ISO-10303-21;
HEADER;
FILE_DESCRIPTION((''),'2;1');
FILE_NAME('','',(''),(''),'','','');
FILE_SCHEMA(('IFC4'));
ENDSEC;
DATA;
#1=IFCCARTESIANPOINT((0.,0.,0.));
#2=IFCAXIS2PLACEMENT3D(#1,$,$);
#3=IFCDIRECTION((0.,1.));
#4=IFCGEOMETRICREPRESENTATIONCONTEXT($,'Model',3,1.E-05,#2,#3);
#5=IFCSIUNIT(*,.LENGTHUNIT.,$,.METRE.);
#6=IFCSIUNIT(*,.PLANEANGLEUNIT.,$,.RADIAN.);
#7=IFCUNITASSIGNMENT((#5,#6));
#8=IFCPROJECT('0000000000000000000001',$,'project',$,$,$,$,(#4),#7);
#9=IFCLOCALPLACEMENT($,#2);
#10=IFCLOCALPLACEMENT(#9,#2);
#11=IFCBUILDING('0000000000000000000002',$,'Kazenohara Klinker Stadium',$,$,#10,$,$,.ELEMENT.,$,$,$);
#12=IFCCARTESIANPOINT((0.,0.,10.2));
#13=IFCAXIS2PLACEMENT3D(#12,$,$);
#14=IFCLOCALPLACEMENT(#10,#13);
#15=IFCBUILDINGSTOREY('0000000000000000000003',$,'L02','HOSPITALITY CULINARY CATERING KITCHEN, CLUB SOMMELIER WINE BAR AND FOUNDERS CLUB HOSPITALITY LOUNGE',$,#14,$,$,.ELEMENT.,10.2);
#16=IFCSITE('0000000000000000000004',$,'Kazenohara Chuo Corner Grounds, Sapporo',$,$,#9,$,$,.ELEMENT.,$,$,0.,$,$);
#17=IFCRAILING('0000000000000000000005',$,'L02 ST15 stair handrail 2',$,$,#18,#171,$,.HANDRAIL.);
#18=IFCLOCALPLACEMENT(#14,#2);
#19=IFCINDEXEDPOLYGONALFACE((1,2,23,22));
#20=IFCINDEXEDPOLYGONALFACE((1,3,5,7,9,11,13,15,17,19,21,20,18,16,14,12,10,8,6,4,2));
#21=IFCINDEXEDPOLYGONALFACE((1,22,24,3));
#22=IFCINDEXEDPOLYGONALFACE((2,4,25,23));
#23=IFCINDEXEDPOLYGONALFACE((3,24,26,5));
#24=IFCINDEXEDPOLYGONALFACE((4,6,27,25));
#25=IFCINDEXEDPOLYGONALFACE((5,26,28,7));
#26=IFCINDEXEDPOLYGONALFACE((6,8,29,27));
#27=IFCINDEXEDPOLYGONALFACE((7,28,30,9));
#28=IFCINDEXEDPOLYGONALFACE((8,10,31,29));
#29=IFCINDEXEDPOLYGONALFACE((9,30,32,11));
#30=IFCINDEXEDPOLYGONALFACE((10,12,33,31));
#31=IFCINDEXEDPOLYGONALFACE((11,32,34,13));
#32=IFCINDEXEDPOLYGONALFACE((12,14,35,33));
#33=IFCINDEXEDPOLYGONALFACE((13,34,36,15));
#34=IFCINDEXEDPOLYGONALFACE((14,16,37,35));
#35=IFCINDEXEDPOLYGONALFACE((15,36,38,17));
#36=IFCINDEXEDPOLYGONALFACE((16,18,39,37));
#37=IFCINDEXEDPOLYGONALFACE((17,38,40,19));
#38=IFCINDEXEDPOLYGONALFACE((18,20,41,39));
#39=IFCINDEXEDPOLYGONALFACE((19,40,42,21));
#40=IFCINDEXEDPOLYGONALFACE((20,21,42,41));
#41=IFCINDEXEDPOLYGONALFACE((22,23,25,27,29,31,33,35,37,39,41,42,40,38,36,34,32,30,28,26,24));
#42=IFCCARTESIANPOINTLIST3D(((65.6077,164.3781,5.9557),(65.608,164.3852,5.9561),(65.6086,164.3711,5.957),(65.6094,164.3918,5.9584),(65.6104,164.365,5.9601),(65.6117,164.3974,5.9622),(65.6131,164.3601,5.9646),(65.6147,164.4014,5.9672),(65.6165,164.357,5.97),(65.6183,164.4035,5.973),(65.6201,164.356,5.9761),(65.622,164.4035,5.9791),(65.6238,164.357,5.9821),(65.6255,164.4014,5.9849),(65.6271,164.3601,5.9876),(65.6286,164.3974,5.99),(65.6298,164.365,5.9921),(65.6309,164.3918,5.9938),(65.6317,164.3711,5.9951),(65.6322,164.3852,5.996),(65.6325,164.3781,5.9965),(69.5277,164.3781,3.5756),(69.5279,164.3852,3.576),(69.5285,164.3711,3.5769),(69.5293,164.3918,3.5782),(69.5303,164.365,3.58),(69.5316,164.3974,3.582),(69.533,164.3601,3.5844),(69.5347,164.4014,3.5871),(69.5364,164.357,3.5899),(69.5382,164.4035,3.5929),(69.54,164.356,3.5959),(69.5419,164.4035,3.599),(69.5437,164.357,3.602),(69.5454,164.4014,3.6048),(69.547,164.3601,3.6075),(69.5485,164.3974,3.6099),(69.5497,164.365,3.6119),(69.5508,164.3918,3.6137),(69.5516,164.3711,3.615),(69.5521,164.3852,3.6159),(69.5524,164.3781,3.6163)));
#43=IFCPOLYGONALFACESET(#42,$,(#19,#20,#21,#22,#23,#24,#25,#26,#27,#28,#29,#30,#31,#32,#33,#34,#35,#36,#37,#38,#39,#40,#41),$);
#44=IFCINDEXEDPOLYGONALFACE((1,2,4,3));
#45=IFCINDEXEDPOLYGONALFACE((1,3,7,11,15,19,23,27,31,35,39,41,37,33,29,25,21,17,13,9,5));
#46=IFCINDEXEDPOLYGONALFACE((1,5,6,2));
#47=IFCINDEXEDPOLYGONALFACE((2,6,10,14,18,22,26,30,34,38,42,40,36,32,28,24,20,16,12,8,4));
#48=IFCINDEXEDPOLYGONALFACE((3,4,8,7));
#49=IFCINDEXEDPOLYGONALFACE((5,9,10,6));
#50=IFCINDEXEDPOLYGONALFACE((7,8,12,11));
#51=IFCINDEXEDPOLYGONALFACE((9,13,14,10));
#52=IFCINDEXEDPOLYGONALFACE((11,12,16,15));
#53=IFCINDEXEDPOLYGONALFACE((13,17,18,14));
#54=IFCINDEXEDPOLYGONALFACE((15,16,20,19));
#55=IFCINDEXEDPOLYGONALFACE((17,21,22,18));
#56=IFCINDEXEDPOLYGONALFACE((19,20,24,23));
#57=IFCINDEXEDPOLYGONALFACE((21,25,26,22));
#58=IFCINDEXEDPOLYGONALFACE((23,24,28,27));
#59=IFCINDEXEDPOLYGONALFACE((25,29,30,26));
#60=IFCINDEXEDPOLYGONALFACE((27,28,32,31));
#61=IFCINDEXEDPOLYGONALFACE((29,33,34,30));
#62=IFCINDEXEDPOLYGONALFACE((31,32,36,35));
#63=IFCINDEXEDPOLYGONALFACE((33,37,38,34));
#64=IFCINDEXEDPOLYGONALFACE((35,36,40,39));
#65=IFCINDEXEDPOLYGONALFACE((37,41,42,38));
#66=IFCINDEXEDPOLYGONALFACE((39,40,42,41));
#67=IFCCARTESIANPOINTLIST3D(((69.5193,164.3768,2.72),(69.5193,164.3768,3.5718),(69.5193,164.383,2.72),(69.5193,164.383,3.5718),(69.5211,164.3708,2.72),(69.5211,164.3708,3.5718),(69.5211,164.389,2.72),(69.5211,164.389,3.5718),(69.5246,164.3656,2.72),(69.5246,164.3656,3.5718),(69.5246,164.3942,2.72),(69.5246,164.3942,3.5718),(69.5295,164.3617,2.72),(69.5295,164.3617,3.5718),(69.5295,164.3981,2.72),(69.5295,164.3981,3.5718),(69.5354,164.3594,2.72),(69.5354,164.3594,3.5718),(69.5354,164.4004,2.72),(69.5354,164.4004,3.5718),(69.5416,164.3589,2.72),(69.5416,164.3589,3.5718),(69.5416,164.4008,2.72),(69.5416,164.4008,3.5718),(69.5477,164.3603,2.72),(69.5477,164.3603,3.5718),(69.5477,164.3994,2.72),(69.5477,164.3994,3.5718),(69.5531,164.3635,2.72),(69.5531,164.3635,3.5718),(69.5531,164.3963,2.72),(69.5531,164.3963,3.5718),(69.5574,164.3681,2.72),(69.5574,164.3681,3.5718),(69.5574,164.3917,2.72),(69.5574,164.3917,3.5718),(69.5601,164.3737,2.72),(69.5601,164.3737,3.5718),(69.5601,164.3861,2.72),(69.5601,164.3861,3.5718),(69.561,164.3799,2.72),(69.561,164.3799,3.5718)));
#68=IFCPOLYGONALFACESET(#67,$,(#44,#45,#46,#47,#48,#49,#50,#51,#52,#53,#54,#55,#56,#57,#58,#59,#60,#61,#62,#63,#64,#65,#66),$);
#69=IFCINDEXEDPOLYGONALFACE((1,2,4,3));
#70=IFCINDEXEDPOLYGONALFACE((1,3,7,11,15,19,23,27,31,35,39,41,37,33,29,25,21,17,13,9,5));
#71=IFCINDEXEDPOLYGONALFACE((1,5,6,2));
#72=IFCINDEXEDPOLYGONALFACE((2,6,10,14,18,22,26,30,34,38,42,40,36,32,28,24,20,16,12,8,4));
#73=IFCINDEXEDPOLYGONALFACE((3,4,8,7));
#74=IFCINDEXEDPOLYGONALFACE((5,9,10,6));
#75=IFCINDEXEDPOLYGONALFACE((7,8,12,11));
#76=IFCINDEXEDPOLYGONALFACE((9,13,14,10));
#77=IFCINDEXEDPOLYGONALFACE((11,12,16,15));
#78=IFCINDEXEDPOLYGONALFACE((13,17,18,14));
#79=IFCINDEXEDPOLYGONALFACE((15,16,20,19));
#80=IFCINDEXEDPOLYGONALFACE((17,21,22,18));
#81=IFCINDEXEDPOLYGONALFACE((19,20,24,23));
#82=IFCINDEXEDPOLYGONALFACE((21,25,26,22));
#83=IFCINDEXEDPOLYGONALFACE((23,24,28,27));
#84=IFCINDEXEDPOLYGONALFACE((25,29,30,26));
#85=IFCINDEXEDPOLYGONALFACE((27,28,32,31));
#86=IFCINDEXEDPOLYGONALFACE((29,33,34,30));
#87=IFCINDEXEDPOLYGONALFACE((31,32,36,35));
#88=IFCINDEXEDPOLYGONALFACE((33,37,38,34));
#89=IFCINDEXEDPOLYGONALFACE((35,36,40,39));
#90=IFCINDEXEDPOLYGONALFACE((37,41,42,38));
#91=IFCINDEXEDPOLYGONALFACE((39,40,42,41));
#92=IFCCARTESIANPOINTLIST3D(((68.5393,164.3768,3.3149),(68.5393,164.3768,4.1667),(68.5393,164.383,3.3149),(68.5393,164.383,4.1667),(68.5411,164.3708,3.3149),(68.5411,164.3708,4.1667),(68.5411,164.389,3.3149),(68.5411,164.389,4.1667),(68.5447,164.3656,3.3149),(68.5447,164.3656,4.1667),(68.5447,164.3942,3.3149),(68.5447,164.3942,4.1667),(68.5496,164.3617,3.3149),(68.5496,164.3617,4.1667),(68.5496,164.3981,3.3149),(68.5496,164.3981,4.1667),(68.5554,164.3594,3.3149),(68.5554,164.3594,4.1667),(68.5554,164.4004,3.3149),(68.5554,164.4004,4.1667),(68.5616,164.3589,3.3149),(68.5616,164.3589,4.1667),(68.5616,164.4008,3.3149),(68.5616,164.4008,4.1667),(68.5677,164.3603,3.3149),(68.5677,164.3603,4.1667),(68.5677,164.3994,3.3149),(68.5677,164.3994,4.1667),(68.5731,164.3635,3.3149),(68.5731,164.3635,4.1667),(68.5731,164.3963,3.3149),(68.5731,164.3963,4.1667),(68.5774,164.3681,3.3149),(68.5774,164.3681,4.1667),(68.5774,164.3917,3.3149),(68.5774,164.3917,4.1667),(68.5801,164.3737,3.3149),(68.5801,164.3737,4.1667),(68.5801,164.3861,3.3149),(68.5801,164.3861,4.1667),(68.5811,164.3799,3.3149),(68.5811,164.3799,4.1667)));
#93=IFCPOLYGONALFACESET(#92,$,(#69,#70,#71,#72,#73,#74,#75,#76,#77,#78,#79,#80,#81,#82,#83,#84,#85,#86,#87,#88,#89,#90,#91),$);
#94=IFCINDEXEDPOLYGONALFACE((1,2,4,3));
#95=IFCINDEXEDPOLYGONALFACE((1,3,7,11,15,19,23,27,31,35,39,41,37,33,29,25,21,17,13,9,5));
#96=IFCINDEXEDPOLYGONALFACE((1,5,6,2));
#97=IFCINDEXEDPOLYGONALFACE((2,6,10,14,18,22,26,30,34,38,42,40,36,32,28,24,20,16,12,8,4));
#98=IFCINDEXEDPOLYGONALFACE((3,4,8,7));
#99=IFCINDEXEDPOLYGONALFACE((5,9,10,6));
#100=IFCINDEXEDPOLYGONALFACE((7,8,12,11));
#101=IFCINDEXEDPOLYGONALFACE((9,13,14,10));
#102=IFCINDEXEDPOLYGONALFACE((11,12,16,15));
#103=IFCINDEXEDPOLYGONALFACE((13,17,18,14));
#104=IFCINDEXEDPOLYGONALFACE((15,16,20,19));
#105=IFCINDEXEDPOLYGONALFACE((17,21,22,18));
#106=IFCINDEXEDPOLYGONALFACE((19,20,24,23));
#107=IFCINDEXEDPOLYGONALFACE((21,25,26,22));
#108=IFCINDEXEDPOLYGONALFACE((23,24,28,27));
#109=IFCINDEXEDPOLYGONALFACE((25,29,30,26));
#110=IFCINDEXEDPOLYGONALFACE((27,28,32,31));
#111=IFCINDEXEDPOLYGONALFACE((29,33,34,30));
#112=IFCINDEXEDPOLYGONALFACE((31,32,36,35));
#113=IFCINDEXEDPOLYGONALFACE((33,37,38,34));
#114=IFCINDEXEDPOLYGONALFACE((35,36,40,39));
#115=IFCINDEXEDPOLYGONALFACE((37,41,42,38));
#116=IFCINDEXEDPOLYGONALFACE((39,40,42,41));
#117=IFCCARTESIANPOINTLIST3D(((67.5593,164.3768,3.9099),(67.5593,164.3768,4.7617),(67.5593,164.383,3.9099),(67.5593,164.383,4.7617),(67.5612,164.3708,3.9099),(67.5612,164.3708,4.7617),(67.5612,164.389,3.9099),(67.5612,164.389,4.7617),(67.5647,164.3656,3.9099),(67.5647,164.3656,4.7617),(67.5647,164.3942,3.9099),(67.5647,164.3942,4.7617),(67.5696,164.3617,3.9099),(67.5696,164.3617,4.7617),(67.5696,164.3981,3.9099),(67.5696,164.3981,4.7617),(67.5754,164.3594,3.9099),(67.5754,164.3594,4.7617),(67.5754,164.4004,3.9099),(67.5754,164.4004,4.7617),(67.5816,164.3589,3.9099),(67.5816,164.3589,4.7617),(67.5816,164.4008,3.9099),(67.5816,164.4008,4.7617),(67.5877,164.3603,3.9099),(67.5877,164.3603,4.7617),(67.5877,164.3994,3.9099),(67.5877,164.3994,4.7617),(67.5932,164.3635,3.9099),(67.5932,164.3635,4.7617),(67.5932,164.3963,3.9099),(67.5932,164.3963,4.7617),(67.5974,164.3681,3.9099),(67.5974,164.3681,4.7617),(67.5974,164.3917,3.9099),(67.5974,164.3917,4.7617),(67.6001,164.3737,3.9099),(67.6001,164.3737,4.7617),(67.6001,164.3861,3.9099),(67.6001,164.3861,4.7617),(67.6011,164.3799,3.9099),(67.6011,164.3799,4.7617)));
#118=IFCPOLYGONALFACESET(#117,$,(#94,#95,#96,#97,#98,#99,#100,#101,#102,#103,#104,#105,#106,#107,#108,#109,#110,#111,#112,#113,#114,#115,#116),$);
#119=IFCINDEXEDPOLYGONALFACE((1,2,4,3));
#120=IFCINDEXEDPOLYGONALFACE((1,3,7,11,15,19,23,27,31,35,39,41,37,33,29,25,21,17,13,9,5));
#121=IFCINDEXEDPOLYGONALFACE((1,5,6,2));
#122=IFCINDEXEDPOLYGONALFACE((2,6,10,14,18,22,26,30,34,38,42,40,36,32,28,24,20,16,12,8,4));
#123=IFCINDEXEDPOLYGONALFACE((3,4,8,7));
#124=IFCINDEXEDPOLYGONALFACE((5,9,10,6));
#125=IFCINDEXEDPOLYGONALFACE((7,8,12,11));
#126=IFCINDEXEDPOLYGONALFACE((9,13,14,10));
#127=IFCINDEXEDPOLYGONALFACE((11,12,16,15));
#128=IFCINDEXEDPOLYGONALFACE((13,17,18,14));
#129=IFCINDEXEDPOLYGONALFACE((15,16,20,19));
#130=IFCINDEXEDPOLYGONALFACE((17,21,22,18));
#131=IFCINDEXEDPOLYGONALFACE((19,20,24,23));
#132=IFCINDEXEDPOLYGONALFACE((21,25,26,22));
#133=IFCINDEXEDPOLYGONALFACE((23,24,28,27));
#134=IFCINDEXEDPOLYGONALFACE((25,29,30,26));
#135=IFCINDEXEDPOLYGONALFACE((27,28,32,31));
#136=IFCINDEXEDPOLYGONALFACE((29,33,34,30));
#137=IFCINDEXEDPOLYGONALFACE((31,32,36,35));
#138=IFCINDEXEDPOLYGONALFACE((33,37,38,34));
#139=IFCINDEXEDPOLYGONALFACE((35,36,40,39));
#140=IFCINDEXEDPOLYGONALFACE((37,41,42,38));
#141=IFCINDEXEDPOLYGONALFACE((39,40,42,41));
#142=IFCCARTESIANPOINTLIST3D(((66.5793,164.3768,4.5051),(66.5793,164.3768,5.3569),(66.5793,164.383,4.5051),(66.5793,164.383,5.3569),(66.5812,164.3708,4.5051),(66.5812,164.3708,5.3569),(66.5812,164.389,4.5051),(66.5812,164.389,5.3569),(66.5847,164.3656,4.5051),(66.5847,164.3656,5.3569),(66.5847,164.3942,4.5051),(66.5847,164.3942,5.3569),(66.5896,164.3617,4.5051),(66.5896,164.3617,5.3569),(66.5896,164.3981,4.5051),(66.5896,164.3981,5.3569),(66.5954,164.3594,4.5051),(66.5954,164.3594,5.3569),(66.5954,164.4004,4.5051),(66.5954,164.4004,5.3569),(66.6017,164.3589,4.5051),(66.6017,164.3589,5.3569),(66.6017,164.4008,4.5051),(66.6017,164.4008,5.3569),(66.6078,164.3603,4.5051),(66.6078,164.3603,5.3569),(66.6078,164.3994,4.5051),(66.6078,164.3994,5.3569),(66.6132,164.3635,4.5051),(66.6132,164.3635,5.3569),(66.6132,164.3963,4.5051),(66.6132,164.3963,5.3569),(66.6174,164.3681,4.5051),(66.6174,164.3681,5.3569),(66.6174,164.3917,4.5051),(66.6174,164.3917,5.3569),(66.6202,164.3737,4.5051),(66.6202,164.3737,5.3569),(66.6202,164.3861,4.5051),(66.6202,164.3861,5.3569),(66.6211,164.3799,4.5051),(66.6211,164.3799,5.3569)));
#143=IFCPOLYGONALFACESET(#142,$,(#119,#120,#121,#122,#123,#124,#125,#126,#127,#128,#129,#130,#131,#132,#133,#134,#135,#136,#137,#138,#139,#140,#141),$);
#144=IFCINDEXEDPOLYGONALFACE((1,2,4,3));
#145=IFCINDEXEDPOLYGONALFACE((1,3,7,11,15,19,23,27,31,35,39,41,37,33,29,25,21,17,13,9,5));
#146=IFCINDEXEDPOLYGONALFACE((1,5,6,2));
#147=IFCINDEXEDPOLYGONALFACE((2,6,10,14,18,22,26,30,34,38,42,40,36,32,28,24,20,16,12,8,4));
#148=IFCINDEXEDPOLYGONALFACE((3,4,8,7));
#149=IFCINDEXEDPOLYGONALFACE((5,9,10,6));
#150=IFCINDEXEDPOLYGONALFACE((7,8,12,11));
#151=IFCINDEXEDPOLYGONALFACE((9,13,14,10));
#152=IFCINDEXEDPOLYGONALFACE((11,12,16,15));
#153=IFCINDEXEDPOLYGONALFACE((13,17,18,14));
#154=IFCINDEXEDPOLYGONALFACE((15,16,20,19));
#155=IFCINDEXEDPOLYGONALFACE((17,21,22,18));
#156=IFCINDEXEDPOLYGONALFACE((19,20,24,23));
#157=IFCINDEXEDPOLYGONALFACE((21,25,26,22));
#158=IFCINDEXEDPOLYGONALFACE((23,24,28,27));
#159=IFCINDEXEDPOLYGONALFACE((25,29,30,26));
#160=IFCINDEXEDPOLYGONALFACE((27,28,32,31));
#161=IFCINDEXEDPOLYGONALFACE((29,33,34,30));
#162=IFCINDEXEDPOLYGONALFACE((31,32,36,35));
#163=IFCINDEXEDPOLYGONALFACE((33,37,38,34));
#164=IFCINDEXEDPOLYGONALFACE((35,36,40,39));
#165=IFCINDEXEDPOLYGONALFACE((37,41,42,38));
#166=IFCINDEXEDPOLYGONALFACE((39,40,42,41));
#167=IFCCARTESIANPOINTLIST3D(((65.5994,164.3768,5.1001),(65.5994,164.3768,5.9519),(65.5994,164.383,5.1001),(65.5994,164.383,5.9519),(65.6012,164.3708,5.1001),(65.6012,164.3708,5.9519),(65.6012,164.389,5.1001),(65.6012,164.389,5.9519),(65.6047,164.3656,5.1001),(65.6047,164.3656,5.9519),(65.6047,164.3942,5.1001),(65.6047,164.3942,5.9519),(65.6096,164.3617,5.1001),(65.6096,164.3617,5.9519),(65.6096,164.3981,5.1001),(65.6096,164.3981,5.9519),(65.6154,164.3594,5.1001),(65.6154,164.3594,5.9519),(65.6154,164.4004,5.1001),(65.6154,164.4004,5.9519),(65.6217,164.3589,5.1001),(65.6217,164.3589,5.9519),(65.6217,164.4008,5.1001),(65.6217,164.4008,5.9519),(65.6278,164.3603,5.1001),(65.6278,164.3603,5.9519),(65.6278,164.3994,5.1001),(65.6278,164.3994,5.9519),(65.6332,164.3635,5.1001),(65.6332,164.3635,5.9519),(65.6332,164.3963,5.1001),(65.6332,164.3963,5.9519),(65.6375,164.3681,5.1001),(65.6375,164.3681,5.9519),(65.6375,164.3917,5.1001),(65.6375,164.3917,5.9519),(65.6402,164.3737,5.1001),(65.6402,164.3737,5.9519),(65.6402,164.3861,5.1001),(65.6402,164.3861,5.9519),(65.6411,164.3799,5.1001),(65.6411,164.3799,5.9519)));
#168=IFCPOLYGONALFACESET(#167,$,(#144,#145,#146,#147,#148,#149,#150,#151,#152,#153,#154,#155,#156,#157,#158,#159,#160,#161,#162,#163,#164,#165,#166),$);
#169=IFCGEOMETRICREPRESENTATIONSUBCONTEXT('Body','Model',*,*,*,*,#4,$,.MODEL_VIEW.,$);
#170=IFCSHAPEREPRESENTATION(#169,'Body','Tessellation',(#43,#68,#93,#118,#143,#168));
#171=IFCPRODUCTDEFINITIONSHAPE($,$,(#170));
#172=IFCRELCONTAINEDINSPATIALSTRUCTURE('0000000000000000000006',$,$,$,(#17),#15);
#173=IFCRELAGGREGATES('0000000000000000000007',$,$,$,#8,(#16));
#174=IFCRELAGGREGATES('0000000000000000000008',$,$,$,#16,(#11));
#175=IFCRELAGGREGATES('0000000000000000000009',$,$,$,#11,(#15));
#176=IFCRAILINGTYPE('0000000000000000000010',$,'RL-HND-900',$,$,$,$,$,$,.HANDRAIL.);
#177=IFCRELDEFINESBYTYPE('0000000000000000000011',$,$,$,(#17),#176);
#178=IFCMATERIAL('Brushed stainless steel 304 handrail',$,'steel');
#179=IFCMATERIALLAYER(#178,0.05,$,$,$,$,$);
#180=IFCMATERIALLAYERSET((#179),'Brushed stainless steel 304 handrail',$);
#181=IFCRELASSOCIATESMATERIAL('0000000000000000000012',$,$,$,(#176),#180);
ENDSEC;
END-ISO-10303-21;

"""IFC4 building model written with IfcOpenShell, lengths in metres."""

from ifc_helpers import new_model, si_unit, direction, frame, origin, origin_2d, place, context, subcontext, project, spatial, circle, extrude, material, layer, layer_set, type_object, element, save


model = new_model("IFC4")

# Units and contexts
model_context = context("Model", 3, precision=1e-05, world=origin(), true_north=direction((0.0, 1.0)))
body_context = subcontext(model_context, "Body", "Model", "MODEL_VIEW")
ifc_project = project(units=[si_unit("LENGTHUNIT", "METRE"), si_unit("PLANEANGLEUNIT", "RADIAN")], contexts=[model_context])

# Site, building, storey
site_placement = place(None, origin())
site = spatial("IfcSite", under=ifc_project, at=site_placement, Name="Kazenohara Chuo Corner Grounds, Sapporo", CompositionType="ELEMENT", RefElevation=0.0)
building_placement = place(site_placement, origin())
building = spatial("IfcBuilding", under=site, at=building_placement, Name="Kazenohara Klinker Stadium", CompositionType="ELEMENT")
storey_placement = place(building_placement, frame((0.0, 0.0, 10.2)))
storey = spatial("IfcBuildingStorey", under=building, at=storey_placement, Name="L02", Description="HOSPITALITY CULINARY CATERING KITCHEN, CLUB SOMMELIER WINE BAR AND FOUNDERS CLUB HOSPITALITY LOUNGE", CompositionType="ELEMENT", Elevation=10.2)

# Railing
ifc_material_1 = material(Name="Brushed stainless steel 304 handrail", Category="steel")
ifc_layer_1 = layer(ifc_material_1, 0.05)
ifc_layer_set_1 = layer_set([ifc_layer_1], Name="Brushed stainless steel 304 handrail")
railing_type_1 = type_object("IfcRailingType", Name="RL-HND-900", PredefinedType="HANDRAIL", material=ifc_layer_set_1)
railing_1_placement = place(storey_placement, frame((69.54, 164.3799, 2.72)))
element("IfcRailing", 1, at=railing_1_placement, inside=storey, type_object=railing_type_1, Name="L02 ST15 stair handrail 2", PredefinedType="HANDRAIL", context=body_context, shape_type="SweptSolid", body=[
    extrude(circle(Radius=0.0239, at=origin_2d()), frame((0.0, 0.0, 0.876), z_axis=(-0.854771, 0.0, 0.519006), x_axis=(0.0, -1.0, 0.0)), (0.0, 0.0, 1.0), 4.5859),
    extrude(circle(Radius=0.021, at=origin_2d()), origin(), (0.0, 0.0, 1.0), 0.8518),
    extrude(circle(Radius=0.021, at=origin_2d()), frame((-0.98, 0.0, 0.595)), (0.0, 0.0, 1.0), 0.8518),
    extrude(circle(Radius=0.021, at=origin_2d()), frame((-1.96, 0.0, 1.1899)), (0.0, 0.0, 1.0), 0.8518),
    extrude(circle(Radius=0.021, at=origin_2d()), frame((-2.9399, 0.0, 1.7852)), (0.0, 0.0, 1.0), 0.8518),
    extrude(circle(Radius=0.021, at=origin_2d()), frame((-3.9199, 0.0, 2.3801)), (0.0, 0.0, 1.0), 0.8518),
])

save(model, "model.ifc")
